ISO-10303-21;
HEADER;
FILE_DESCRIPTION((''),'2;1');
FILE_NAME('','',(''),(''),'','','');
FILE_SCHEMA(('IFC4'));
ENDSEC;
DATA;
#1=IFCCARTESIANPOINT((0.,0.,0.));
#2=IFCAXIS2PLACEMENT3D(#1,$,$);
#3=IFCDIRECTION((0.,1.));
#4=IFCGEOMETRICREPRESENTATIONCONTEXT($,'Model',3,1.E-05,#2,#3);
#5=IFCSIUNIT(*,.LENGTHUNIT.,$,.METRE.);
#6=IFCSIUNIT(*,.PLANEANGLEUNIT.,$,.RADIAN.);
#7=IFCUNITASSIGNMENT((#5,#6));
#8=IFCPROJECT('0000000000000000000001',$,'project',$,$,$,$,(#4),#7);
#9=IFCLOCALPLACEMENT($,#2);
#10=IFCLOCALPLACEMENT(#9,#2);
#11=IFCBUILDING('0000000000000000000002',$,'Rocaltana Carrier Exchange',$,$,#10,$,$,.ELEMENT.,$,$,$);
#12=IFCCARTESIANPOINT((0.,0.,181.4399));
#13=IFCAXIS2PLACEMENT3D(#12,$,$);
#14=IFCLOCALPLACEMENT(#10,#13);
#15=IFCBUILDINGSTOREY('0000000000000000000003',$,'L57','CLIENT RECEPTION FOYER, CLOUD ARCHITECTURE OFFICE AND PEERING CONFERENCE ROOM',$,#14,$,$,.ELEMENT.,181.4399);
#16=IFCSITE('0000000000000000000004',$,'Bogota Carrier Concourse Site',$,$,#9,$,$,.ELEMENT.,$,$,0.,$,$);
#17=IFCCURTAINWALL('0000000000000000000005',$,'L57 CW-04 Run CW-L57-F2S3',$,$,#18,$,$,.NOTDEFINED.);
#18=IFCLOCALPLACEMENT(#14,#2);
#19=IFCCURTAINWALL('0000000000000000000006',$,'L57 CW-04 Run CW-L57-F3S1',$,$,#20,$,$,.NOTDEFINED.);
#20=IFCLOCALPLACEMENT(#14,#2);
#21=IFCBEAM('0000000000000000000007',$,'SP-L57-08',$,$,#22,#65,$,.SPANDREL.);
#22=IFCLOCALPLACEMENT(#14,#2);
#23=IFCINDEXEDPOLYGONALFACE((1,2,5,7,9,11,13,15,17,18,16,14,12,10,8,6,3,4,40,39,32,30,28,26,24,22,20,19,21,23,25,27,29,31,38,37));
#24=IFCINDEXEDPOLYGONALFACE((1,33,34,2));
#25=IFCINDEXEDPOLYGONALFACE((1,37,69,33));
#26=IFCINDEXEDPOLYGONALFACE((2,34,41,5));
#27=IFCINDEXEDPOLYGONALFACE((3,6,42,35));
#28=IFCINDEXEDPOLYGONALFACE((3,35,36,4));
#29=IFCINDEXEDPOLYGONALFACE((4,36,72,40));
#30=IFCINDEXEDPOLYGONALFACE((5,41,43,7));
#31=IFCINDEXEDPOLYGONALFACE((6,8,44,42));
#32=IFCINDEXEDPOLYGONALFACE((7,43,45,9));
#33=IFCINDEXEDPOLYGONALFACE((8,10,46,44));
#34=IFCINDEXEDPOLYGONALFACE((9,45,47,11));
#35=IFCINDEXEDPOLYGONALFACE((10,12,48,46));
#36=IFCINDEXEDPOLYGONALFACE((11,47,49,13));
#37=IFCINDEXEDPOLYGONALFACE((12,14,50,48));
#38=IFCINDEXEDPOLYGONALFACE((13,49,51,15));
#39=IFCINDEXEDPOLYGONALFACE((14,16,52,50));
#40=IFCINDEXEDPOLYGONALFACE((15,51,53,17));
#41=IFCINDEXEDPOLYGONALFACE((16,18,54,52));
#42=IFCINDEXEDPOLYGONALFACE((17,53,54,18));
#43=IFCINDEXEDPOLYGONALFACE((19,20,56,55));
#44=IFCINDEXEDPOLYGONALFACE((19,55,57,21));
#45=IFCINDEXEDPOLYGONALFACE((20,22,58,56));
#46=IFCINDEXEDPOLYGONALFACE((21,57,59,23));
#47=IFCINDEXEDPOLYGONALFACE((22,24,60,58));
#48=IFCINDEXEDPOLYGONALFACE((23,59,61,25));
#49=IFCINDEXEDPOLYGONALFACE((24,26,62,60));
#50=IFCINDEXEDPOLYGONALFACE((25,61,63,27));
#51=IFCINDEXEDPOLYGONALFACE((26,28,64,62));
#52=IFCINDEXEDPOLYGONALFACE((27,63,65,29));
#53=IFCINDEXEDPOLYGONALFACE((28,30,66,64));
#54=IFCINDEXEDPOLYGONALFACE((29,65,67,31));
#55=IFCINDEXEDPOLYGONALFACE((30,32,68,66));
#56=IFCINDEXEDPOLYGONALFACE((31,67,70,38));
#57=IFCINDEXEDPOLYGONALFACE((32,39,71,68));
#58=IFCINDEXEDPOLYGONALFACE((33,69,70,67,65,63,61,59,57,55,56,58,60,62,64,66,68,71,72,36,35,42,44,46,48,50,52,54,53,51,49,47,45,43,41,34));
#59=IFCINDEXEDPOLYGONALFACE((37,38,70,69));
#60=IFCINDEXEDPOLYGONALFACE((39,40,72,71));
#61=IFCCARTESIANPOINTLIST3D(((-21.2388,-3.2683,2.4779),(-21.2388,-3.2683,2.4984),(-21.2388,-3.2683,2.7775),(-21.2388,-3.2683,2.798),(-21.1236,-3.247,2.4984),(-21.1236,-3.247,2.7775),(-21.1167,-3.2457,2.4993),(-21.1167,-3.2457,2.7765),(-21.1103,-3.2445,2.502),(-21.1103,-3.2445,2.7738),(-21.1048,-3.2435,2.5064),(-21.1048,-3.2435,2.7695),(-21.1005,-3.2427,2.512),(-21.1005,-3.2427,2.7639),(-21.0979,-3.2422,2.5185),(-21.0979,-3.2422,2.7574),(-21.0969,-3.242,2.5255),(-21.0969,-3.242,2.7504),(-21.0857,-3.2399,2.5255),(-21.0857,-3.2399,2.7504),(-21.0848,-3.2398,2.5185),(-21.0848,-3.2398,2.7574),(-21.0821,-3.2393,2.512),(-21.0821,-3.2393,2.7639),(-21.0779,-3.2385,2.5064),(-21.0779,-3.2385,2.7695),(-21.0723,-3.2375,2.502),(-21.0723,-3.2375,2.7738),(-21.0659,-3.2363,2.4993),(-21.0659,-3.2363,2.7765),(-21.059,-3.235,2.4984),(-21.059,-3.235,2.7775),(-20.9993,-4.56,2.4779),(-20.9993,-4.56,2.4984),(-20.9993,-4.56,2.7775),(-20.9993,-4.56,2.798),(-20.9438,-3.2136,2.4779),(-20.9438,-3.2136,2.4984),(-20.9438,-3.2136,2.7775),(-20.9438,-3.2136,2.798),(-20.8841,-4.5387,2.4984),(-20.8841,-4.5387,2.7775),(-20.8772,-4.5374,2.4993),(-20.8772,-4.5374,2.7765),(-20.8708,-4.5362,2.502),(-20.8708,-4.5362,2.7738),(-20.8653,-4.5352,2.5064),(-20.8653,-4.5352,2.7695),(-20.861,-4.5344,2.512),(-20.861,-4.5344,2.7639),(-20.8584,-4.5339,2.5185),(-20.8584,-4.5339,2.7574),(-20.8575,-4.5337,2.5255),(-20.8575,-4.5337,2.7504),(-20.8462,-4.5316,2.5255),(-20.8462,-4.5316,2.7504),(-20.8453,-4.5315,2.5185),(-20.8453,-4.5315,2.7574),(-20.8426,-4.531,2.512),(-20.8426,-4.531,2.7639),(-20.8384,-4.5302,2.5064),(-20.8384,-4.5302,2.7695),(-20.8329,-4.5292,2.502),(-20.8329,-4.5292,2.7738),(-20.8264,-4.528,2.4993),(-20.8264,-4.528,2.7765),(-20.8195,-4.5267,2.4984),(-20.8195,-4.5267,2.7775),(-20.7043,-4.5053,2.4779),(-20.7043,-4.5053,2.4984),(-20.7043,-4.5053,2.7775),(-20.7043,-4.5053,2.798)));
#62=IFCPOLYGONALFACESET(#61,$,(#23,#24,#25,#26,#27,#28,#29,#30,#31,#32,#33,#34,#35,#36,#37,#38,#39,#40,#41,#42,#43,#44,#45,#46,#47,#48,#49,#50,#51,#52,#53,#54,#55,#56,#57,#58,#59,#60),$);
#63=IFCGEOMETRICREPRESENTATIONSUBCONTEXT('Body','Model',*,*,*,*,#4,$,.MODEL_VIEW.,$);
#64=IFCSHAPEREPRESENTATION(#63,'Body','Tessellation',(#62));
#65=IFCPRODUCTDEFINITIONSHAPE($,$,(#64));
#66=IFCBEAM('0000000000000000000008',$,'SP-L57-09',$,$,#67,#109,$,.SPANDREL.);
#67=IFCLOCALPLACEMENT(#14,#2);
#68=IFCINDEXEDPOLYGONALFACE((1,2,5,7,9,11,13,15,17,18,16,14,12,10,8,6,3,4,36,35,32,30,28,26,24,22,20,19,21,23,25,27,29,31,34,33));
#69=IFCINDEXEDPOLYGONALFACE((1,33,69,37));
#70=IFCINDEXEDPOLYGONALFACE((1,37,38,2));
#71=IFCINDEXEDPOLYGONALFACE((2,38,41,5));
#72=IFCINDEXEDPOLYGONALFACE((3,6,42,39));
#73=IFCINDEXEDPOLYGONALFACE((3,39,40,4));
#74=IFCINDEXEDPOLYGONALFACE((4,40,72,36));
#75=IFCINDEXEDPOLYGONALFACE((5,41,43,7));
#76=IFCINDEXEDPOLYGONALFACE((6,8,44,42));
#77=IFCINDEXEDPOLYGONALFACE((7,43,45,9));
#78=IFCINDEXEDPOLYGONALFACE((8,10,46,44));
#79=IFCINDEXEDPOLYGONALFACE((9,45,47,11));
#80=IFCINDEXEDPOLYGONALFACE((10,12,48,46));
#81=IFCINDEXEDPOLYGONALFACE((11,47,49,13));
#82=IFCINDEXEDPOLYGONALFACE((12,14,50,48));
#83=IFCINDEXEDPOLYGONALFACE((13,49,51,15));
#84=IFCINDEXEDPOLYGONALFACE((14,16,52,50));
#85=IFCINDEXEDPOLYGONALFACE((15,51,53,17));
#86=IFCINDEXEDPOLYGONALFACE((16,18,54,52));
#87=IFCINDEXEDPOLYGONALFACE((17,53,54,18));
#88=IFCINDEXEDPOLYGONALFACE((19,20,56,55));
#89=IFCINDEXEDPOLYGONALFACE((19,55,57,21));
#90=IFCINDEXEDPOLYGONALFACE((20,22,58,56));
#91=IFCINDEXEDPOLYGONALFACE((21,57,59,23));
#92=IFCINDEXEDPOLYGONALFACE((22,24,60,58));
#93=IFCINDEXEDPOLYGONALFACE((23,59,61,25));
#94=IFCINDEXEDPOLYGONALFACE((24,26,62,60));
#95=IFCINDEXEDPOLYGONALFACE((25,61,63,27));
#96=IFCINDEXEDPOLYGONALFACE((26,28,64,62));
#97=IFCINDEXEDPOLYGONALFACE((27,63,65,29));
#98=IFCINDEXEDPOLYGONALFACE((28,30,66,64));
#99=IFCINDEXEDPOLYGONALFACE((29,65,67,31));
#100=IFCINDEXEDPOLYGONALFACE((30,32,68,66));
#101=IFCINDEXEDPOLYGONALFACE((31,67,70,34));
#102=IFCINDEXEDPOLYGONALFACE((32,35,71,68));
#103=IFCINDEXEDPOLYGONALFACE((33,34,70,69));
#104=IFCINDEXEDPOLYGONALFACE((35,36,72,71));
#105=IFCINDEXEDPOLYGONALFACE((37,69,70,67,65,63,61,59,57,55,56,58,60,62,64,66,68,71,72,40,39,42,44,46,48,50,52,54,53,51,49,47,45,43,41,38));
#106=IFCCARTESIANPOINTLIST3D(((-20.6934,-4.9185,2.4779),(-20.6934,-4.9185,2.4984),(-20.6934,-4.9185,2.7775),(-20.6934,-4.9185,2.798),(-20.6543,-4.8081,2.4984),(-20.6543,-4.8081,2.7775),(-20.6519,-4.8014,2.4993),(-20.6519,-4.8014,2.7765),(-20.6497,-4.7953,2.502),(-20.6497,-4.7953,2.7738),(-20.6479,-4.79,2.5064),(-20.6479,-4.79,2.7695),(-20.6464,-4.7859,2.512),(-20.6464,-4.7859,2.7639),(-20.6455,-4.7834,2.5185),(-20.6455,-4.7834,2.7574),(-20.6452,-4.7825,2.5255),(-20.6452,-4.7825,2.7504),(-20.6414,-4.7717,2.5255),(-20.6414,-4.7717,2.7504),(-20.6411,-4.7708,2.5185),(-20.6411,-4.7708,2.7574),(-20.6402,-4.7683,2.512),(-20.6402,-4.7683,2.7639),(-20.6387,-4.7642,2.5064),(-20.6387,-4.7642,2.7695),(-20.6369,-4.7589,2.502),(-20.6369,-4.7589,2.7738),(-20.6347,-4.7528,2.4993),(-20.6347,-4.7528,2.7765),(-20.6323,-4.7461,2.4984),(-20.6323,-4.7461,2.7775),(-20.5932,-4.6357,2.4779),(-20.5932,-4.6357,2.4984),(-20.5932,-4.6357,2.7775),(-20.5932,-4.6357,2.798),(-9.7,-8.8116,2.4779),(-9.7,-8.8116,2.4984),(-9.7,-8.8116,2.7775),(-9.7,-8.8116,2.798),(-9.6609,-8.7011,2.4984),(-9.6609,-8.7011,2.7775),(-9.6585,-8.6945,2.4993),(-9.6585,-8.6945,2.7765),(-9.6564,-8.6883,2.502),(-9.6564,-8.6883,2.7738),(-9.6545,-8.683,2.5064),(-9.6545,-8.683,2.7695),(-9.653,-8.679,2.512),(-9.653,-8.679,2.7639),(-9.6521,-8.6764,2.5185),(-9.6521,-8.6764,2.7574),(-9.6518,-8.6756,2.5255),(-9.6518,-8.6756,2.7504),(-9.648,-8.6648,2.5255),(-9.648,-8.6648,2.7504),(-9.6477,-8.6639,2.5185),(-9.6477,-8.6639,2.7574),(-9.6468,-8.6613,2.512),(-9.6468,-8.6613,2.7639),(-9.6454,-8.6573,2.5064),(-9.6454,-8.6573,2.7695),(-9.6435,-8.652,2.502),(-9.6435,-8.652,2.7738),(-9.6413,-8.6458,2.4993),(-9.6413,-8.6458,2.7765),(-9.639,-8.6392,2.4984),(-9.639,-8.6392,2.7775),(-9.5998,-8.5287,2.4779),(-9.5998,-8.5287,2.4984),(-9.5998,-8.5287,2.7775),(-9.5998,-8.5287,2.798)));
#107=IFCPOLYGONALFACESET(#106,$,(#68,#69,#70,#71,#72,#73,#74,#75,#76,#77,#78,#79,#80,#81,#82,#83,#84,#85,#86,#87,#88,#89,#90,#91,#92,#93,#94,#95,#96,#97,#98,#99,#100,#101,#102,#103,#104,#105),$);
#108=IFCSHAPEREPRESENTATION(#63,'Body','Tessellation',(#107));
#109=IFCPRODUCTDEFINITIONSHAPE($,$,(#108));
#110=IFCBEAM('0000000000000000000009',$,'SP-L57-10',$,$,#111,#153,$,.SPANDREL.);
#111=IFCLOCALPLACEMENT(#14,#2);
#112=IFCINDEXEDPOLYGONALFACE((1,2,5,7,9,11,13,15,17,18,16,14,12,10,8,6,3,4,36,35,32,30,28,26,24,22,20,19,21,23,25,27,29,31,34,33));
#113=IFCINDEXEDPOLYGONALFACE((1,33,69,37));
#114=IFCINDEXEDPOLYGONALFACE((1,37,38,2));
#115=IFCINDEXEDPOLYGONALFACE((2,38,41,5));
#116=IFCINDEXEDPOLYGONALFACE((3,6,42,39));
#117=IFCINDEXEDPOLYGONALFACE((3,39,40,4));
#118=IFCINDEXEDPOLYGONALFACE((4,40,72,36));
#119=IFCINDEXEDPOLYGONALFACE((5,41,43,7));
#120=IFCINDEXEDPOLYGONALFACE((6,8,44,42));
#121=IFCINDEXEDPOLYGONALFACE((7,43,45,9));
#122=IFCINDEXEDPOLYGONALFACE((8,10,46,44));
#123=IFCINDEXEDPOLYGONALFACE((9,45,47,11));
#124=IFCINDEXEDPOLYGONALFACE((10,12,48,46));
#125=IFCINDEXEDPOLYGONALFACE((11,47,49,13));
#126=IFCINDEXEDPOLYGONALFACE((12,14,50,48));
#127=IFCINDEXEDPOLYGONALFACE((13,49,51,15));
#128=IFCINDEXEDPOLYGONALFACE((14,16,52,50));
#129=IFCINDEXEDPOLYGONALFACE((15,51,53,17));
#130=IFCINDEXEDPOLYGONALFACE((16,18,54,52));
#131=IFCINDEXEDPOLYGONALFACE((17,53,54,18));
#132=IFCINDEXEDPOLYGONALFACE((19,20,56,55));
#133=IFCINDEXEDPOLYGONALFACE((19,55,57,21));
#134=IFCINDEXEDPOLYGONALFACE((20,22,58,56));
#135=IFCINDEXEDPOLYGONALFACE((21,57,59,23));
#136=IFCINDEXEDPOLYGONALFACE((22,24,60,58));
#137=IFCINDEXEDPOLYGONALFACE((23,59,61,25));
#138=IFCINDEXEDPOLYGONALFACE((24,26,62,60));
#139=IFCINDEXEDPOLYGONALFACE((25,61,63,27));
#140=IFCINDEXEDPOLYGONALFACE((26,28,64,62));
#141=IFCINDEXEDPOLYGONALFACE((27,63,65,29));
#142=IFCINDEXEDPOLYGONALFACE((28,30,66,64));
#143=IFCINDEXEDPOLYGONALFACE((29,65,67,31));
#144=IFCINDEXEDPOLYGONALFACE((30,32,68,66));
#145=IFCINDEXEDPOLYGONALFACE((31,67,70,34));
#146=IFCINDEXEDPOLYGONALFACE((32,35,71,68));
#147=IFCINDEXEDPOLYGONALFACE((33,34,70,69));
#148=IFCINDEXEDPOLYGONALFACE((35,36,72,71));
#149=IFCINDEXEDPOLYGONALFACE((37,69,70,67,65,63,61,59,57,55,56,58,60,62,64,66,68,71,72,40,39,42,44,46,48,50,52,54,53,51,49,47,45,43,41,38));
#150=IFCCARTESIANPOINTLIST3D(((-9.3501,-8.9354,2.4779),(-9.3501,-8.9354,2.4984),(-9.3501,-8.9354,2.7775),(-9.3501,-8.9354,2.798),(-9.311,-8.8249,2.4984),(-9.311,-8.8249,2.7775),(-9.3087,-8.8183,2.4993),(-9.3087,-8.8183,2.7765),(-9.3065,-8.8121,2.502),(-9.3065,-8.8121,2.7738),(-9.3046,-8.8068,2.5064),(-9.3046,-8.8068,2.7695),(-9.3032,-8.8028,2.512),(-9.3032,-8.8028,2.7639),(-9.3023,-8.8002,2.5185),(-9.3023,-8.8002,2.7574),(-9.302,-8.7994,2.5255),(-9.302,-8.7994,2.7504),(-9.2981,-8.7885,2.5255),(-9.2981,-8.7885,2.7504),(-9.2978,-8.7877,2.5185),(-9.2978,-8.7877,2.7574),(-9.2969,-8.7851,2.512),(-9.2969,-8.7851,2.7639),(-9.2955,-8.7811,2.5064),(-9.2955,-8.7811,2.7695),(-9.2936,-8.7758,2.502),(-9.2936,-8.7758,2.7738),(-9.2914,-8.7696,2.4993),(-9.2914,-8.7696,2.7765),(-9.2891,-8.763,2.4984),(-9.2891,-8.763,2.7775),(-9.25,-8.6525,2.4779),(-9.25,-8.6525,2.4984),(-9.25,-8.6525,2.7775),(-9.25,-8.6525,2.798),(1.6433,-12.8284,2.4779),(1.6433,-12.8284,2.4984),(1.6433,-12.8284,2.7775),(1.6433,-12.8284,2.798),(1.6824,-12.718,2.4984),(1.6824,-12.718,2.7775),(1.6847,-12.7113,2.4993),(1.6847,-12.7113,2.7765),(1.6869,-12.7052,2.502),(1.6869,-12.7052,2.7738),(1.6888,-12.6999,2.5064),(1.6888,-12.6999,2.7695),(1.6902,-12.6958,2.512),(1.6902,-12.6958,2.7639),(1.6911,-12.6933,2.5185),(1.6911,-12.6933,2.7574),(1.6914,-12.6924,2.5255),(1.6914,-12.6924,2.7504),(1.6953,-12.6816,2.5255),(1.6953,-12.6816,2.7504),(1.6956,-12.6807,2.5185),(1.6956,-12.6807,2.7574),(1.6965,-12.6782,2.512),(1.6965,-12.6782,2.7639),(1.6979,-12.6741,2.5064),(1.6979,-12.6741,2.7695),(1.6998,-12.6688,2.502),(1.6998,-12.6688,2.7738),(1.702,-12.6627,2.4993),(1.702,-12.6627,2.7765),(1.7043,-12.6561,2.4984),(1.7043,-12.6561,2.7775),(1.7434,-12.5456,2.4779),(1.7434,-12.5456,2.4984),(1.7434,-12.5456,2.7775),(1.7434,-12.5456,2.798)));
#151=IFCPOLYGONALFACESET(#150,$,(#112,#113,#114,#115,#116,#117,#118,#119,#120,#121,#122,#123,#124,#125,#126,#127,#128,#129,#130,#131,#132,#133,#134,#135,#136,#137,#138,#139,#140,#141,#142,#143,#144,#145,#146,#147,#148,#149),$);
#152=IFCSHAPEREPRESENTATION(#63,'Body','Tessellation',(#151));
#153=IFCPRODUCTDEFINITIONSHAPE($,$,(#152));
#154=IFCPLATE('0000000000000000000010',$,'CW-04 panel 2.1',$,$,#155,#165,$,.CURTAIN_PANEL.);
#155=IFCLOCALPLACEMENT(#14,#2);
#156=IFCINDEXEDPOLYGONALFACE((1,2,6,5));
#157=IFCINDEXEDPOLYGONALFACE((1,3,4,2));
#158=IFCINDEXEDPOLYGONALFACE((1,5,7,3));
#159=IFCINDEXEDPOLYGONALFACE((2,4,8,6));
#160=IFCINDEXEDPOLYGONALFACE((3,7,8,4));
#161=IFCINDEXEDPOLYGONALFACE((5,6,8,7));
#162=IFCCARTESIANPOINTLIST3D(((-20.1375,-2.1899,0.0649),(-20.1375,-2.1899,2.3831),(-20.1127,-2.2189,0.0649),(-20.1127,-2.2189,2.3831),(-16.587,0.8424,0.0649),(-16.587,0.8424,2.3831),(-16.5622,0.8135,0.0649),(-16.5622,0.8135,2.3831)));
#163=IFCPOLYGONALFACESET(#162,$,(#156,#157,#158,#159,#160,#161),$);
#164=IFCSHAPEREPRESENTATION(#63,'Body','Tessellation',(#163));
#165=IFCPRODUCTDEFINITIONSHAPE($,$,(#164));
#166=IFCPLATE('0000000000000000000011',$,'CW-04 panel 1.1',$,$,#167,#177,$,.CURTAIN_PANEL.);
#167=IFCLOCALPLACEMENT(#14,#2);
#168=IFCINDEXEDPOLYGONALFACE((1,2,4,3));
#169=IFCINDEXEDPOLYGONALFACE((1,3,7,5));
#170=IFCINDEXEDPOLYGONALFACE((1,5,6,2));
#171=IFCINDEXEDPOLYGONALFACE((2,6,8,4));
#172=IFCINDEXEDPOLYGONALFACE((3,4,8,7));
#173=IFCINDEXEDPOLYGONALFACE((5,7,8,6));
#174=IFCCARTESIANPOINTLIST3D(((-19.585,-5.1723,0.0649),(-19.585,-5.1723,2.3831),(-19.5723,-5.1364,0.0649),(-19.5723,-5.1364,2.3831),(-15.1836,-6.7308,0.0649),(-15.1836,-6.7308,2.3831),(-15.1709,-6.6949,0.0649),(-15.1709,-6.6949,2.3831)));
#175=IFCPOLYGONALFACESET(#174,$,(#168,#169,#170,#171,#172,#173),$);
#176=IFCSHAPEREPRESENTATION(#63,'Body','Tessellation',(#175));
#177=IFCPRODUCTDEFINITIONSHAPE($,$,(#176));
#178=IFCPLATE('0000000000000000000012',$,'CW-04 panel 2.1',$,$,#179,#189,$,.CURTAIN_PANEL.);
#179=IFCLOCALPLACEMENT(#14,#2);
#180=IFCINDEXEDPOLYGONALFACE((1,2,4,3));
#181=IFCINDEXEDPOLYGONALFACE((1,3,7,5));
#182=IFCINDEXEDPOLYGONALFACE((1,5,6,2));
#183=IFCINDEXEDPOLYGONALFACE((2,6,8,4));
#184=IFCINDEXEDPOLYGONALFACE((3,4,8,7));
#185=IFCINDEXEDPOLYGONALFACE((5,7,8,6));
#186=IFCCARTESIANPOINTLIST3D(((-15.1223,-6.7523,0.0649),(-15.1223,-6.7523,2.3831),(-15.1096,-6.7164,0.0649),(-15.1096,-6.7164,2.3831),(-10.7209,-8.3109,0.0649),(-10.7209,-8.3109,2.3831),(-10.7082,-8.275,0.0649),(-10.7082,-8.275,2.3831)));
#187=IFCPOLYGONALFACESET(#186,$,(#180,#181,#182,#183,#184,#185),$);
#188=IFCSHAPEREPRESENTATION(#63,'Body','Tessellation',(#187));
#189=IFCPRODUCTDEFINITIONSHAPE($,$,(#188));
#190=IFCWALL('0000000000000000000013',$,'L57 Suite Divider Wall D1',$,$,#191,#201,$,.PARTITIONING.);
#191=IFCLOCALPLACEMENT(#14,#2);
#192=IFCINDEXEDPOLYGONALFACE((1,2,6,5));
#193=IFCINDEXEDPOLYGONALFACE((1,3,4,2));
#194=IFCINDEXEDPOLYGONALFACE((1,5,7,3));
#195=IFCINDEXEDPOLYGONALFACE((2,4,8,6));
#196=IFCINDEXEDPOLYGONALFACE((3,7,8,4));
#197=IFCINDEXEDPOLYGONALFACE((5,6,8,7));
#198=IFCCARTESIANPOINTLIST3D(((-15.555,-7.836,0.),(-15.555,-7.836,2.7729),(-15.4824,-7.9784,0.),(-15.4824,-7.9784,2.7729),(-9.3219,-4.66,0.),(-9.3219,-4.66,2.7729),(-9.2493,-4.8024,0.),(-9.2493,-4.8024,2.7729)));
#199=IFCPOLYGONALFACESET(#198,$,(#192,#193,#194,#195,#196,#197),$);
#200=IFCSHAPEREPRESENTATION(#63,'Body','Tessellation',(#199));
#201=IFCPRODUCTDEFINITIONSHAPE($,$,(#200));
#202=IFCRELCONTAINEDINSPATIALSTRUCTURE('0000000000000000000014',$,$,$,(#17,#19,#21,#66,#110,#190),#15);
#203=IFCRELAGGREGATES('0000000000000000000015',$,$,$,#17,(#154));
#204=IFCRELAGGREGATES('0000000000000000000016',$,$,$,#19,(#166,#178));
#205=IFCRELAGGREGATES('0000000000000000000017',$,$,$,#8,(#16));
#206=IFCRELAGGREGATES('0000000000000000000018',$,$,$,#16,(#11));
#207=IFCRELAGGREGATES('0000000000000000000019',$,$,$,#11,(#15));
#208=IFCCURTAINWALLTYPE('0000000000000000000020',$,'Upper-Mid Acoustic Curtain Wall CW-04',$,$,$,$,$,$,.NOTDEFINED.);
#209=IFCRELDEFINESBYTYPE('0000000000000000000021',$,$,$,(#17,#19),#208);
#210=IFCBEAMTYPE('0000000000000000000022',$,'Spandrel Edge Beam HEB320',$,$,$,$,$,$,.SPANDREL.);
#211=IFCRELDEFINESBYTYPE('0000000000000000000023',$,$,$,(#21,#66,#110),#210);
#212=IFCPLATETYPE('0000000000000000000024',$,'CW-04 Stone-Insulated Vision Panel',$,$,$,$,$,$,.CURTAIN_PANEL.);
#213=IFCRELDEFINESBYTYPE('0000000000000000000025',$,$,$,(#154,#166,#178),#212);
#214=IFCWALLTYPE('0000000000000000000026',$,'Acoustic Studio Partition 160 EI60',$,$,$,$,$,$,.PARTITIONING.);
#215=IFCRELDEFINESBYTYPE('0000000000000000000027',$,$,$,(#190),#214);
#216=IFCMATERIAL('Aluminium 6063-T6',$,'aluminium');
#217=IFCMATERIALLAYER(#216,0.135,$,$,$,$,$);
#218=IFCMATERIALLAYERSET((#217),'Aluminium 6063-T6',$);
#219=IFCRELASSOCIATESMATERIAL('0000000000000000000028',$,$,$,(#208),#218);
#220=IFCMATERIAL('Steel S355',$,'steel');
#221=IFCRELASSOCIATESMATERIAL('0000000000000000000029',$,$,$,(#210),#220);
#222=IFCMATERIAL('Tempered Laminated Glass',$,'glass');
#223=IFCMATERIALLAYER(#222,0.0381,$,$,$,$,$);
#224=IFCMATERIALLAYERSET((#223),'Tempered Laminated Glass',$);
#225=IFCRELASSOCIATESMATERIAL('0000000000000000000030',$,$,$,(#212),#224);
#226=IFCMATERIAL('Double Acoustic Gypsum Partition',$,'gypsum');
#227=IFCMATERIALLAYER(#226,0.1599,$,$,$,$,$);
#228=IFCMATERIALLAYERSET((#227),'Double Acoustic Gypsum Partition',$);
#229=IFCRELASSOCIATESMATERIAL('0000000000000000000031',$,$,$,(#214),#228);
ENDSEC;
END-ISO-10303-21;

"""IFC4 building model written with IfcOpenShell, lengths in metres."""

from ifc_helpers import new_model, si_unit, direction, frame, frame_2d, origin, origin_2d, place, context, subcontext, project, spatial, rectangle, i_section, extrude, material, layer, layer_set, material_profile, profile_set, type_object, element, aggregate, save


model = new_model("IFC4")

# Units and contexts
model_context = context("Model", 3, precision=1e-05, world=origin(), true_north=direction((0.0, 1.0)))
body_context = subcontext(model_context, "Body", "Model", "MODEL_VIEW")
ifc_project = project(units=[si_unit("LENGTHUNIT", "METRE"), si_unit("PLANEANGLEUNIT", "RADIAN")], contexts=[model_context])

# Site, building, storey
site_placement = place(None, origin())
site = spatial("IfcSite", under=ifc_project, at=site_placement, Name="Bogota Carrier Concourse Site", CompositionType="ELEMENT", RefElevation=0.0)
building_placement = place(site_placement, origin())
building = spatial("IfcBuilding", under=site, at=building_placement, Name="Rocaltana Carrier Exchange", CompositionType="ELEMENT")
storey_placement = place(building_placement, frame((0.0, 0.0, 181.4399)))
storey = spatial("IfcBuildingStorey", under=building, at=storey_placement, Name="L57", Description="CLIENT RECEPTION FOYER, CLOUD ARCHITECTURE OFFICE AND PEERING CONFERENCE ROOM", CompositionType="ELEMENT", Elevation=181.4399)

# Curtain wall
ifc_material_1 = material(Name="Aluminium 6063-T6", Category="aluminium")
ifc_layer_1 = layer(ifc_material_1, 0.135)
ifc_layer_set_1 = layer_set([ifc_layer_1], Name="Aluminium 6063-T6")
curtain_wall_type = type_object("IfcCurtainWallType", Name="Upper-Mid Acoustic Curtain Wall CW-04", PredefinedType="NOTDEFINED", material=ifc_layer_set_1)
curtain_wall_1_placement = place(storey_placement, origin())
curtain_wall_1 = element("IfcCurtainWall", 1, at=curtain_wall_1_placement, inside=storey, type_object=curtain_wall_type, Name="L57 CW-04 Run CW-L57-F2S3", PredefinedType="NOTDEFINED")

# Curtain wall
curtain_wall_2_placement = place(storey_placement, origin())
curtain_wall_2 = element("IfcCurtainWall", 2, at=curtain_wall_2_placement, inside=storey, type_object=curtain_wall_type, Name="L57 CW-04 Run CW-L57-F3S1", PredefinedType="NOTDEFINED")

# Beams
ifc_material_2 = material(Name="Steel S355", Category="steel")
ifc_material_profile_1 = material_profile(ifc_material_2, i_section(OverallWidth=0.3, OverallDepth=0.3201, WebThickness=0.0115, FlangeThickness=0.0205, FilletRadius=0.0271, at=origin_2d()), Name="HEB320")
ifc_profile_set_1 = profile_set([ifc_material_profile_1], Name="Steel S355")
beam_type_1 = type_object("IfcBeamType", Name="Spandrel Edge Beam HEB320", PredefinedType="SPANDREL", material=ifc_profile_set_1)
beam_1_placement = place(storey_placement, frame((-21.0913, -3.241, 2.6379), z_axis=(0.182302, -0.983243, 0.0), x_axis=(0.983243, 0.182302, 0.0)))
element("IfcBeam", 3, at=beam_1_placement, inside=storey, type_object=beam_type_1, Name="SP-L57-08", PredefinedType="SPANDREL", context=body_context, shape_type="SweptSolid", body=[
    extrude(i_section(OverallWidth=0.3, OverallDepth=0.3201, WebThickness=0.0115, FlangeThickness=0.0205, FilletRadius=0.0271, at=origin_2d()), origin(), (0.0, 0.0, 1.0), 1.3137),
])
for number, where, z_axis, x_axis, name in (
    (4, (-20.6433, -4.7771, 2.6379), (0.942639, -0.333814, 0.0), (0.333814, 0.942639, 0.0), "SP-L57-09"),
    (5, (-9.3, -8.7939, 2.6379), (0.942639, -0.333814, 0.0), (0.333814, 0.942639, 0.0), "SP-L57-10"),
):
    element("IfcBeam", number, at=place(storey_placement, frame(where, z_axis=z_axis, x_axis=x_axis)), inside=storey, type_object=beam_type_1, Name=name, PredefinedType="SPANDREL", context=body_context, shape_type="SweptSolid", body=[
        extrude(i_section(OverallWidth=0.3, OverallDepth=0.3201, WebThickness=0.0115, FlangeThickness=0.0205, FilletRadius=0.0271, at=origin_2d()), origin(), (0.0, 0.0, 1.0), 11.6624),
    ])

# Plates
ifc_material_3 = material(Name="Tempered Laminated Glass", Category="glass")
ifc_layer_2 = layer(ifc_material_3, 0.0381)
ifc_layer_set_2 = layer_set([ifc_layer_2], Name="Tempered Laminated Glass")
plate_type = type_object("IfcPlateType", Name="CW-04 Stone-Insulated Vision Panel", PredefinedType="CURTAIN_PANEL", material=ifc_layer_set_2)
plate_1_placement = place(storey_placement, frame((-18.3499, -0.6882, 0.0649), z_axis=(0.0, 0.0, 1.0), x_axis=(-0.760406, -0.649448, 0.0)))
plate_1 = element("IfcPlate", 6, at=plate_1_placement, type_object=plate_type, Name="CW-04 panel 2.1", PredefinedType="CURTAIN_PANEL", context=body_context, shape_type="SweptSolid", body=[
    extrude(rectangle(XDim=4.6692, YDim=0.0381, at=origin_2d()), origin(), (0.0, 0.0, 1.0), 2.3181),
])
aggregate(curtain_wall_1, [plate_1])
plate_2_placement = place(storey_placement, frame((-17.3779, -5.9336, 0.0649), z_axis=(0.0, 0.0, 1.0), x_axis=(0.942646, -0.333795, 0.0)))
plate_2 = element("IfcPlate", 7, at=plate_2_placement, type_object=plate_type, Name="CW-04 panel 1.1", PredefinedType="CURTAIN_PANEL", context=body_context, shape_type="SweptSolid", body=[
    extrude(rectangle(XDim=4.6692, YDim=0.0381, at=origin_2d()), origin(), (0.0, 0.0, 1.0), 2.3181),
])
plate_3_placement = place(storey_placement, frame((-12.9153, -7.5137, 0.0649), z_axis=(0.0, 0.0, 1.0), x_axis=(0.942646, -0.333795, 0.0)))
plate_3 = element("IfcPlate", 8, at=plate_3_placement, type_object=plate_type, Name="CW-04 panel 2.1", PredefinedType="CURTAIN_PANEL", context=body_context, shape_type="SweptSolid", body=[
    extrude(rectangle(XDim=4.6692, YDim=0.0381, at=origin_2d()), origin(), (0.0, 0.0, 1.0), 2.3181),
])
aggregate(curtain_wall_2, [plate_2, plate_3])

# Wall
ifc_material_4 = material(Name="Double Acoustic Gypsum Partition", Category="gypsum")
ifc_layer_3 = layer(ifc_material_4, 0.1599)
ifc_layer_set_3 = layer_set([ifc_layer_3], Name="Double Acoustic Gypsum Partition")
wall_type_1 = type_object("IfcWallType", Name="Acoustic Studio Partition 160 EI60", PredefinedType="PARTITIONING", material=ifc_layer_set_3)
wall_1_placement = place(storey_placement, frame((-9.2856, -4.7312, 0.0), z_axis=(0.0, 0.0, 1.0), x_axis=(-0.891002, -0.453999, 0.0)))
element("IfcWall", 9, at=wall_1_placement, inside=storey, type_object=wall_type_1, Name="L57 Suite Divider Wall D1", PredefinedType="PARTITIONING", context=body_context, shape_type="SweptSolid", body=[
    extrude(rectangle(XDim=6.9956, YDim=0.1599, at=frame_2d((3.4978, 0.0))), origin(), (0.0, 0.0, 1.0), 2.7729),
])

save(model, "model.ifc")
